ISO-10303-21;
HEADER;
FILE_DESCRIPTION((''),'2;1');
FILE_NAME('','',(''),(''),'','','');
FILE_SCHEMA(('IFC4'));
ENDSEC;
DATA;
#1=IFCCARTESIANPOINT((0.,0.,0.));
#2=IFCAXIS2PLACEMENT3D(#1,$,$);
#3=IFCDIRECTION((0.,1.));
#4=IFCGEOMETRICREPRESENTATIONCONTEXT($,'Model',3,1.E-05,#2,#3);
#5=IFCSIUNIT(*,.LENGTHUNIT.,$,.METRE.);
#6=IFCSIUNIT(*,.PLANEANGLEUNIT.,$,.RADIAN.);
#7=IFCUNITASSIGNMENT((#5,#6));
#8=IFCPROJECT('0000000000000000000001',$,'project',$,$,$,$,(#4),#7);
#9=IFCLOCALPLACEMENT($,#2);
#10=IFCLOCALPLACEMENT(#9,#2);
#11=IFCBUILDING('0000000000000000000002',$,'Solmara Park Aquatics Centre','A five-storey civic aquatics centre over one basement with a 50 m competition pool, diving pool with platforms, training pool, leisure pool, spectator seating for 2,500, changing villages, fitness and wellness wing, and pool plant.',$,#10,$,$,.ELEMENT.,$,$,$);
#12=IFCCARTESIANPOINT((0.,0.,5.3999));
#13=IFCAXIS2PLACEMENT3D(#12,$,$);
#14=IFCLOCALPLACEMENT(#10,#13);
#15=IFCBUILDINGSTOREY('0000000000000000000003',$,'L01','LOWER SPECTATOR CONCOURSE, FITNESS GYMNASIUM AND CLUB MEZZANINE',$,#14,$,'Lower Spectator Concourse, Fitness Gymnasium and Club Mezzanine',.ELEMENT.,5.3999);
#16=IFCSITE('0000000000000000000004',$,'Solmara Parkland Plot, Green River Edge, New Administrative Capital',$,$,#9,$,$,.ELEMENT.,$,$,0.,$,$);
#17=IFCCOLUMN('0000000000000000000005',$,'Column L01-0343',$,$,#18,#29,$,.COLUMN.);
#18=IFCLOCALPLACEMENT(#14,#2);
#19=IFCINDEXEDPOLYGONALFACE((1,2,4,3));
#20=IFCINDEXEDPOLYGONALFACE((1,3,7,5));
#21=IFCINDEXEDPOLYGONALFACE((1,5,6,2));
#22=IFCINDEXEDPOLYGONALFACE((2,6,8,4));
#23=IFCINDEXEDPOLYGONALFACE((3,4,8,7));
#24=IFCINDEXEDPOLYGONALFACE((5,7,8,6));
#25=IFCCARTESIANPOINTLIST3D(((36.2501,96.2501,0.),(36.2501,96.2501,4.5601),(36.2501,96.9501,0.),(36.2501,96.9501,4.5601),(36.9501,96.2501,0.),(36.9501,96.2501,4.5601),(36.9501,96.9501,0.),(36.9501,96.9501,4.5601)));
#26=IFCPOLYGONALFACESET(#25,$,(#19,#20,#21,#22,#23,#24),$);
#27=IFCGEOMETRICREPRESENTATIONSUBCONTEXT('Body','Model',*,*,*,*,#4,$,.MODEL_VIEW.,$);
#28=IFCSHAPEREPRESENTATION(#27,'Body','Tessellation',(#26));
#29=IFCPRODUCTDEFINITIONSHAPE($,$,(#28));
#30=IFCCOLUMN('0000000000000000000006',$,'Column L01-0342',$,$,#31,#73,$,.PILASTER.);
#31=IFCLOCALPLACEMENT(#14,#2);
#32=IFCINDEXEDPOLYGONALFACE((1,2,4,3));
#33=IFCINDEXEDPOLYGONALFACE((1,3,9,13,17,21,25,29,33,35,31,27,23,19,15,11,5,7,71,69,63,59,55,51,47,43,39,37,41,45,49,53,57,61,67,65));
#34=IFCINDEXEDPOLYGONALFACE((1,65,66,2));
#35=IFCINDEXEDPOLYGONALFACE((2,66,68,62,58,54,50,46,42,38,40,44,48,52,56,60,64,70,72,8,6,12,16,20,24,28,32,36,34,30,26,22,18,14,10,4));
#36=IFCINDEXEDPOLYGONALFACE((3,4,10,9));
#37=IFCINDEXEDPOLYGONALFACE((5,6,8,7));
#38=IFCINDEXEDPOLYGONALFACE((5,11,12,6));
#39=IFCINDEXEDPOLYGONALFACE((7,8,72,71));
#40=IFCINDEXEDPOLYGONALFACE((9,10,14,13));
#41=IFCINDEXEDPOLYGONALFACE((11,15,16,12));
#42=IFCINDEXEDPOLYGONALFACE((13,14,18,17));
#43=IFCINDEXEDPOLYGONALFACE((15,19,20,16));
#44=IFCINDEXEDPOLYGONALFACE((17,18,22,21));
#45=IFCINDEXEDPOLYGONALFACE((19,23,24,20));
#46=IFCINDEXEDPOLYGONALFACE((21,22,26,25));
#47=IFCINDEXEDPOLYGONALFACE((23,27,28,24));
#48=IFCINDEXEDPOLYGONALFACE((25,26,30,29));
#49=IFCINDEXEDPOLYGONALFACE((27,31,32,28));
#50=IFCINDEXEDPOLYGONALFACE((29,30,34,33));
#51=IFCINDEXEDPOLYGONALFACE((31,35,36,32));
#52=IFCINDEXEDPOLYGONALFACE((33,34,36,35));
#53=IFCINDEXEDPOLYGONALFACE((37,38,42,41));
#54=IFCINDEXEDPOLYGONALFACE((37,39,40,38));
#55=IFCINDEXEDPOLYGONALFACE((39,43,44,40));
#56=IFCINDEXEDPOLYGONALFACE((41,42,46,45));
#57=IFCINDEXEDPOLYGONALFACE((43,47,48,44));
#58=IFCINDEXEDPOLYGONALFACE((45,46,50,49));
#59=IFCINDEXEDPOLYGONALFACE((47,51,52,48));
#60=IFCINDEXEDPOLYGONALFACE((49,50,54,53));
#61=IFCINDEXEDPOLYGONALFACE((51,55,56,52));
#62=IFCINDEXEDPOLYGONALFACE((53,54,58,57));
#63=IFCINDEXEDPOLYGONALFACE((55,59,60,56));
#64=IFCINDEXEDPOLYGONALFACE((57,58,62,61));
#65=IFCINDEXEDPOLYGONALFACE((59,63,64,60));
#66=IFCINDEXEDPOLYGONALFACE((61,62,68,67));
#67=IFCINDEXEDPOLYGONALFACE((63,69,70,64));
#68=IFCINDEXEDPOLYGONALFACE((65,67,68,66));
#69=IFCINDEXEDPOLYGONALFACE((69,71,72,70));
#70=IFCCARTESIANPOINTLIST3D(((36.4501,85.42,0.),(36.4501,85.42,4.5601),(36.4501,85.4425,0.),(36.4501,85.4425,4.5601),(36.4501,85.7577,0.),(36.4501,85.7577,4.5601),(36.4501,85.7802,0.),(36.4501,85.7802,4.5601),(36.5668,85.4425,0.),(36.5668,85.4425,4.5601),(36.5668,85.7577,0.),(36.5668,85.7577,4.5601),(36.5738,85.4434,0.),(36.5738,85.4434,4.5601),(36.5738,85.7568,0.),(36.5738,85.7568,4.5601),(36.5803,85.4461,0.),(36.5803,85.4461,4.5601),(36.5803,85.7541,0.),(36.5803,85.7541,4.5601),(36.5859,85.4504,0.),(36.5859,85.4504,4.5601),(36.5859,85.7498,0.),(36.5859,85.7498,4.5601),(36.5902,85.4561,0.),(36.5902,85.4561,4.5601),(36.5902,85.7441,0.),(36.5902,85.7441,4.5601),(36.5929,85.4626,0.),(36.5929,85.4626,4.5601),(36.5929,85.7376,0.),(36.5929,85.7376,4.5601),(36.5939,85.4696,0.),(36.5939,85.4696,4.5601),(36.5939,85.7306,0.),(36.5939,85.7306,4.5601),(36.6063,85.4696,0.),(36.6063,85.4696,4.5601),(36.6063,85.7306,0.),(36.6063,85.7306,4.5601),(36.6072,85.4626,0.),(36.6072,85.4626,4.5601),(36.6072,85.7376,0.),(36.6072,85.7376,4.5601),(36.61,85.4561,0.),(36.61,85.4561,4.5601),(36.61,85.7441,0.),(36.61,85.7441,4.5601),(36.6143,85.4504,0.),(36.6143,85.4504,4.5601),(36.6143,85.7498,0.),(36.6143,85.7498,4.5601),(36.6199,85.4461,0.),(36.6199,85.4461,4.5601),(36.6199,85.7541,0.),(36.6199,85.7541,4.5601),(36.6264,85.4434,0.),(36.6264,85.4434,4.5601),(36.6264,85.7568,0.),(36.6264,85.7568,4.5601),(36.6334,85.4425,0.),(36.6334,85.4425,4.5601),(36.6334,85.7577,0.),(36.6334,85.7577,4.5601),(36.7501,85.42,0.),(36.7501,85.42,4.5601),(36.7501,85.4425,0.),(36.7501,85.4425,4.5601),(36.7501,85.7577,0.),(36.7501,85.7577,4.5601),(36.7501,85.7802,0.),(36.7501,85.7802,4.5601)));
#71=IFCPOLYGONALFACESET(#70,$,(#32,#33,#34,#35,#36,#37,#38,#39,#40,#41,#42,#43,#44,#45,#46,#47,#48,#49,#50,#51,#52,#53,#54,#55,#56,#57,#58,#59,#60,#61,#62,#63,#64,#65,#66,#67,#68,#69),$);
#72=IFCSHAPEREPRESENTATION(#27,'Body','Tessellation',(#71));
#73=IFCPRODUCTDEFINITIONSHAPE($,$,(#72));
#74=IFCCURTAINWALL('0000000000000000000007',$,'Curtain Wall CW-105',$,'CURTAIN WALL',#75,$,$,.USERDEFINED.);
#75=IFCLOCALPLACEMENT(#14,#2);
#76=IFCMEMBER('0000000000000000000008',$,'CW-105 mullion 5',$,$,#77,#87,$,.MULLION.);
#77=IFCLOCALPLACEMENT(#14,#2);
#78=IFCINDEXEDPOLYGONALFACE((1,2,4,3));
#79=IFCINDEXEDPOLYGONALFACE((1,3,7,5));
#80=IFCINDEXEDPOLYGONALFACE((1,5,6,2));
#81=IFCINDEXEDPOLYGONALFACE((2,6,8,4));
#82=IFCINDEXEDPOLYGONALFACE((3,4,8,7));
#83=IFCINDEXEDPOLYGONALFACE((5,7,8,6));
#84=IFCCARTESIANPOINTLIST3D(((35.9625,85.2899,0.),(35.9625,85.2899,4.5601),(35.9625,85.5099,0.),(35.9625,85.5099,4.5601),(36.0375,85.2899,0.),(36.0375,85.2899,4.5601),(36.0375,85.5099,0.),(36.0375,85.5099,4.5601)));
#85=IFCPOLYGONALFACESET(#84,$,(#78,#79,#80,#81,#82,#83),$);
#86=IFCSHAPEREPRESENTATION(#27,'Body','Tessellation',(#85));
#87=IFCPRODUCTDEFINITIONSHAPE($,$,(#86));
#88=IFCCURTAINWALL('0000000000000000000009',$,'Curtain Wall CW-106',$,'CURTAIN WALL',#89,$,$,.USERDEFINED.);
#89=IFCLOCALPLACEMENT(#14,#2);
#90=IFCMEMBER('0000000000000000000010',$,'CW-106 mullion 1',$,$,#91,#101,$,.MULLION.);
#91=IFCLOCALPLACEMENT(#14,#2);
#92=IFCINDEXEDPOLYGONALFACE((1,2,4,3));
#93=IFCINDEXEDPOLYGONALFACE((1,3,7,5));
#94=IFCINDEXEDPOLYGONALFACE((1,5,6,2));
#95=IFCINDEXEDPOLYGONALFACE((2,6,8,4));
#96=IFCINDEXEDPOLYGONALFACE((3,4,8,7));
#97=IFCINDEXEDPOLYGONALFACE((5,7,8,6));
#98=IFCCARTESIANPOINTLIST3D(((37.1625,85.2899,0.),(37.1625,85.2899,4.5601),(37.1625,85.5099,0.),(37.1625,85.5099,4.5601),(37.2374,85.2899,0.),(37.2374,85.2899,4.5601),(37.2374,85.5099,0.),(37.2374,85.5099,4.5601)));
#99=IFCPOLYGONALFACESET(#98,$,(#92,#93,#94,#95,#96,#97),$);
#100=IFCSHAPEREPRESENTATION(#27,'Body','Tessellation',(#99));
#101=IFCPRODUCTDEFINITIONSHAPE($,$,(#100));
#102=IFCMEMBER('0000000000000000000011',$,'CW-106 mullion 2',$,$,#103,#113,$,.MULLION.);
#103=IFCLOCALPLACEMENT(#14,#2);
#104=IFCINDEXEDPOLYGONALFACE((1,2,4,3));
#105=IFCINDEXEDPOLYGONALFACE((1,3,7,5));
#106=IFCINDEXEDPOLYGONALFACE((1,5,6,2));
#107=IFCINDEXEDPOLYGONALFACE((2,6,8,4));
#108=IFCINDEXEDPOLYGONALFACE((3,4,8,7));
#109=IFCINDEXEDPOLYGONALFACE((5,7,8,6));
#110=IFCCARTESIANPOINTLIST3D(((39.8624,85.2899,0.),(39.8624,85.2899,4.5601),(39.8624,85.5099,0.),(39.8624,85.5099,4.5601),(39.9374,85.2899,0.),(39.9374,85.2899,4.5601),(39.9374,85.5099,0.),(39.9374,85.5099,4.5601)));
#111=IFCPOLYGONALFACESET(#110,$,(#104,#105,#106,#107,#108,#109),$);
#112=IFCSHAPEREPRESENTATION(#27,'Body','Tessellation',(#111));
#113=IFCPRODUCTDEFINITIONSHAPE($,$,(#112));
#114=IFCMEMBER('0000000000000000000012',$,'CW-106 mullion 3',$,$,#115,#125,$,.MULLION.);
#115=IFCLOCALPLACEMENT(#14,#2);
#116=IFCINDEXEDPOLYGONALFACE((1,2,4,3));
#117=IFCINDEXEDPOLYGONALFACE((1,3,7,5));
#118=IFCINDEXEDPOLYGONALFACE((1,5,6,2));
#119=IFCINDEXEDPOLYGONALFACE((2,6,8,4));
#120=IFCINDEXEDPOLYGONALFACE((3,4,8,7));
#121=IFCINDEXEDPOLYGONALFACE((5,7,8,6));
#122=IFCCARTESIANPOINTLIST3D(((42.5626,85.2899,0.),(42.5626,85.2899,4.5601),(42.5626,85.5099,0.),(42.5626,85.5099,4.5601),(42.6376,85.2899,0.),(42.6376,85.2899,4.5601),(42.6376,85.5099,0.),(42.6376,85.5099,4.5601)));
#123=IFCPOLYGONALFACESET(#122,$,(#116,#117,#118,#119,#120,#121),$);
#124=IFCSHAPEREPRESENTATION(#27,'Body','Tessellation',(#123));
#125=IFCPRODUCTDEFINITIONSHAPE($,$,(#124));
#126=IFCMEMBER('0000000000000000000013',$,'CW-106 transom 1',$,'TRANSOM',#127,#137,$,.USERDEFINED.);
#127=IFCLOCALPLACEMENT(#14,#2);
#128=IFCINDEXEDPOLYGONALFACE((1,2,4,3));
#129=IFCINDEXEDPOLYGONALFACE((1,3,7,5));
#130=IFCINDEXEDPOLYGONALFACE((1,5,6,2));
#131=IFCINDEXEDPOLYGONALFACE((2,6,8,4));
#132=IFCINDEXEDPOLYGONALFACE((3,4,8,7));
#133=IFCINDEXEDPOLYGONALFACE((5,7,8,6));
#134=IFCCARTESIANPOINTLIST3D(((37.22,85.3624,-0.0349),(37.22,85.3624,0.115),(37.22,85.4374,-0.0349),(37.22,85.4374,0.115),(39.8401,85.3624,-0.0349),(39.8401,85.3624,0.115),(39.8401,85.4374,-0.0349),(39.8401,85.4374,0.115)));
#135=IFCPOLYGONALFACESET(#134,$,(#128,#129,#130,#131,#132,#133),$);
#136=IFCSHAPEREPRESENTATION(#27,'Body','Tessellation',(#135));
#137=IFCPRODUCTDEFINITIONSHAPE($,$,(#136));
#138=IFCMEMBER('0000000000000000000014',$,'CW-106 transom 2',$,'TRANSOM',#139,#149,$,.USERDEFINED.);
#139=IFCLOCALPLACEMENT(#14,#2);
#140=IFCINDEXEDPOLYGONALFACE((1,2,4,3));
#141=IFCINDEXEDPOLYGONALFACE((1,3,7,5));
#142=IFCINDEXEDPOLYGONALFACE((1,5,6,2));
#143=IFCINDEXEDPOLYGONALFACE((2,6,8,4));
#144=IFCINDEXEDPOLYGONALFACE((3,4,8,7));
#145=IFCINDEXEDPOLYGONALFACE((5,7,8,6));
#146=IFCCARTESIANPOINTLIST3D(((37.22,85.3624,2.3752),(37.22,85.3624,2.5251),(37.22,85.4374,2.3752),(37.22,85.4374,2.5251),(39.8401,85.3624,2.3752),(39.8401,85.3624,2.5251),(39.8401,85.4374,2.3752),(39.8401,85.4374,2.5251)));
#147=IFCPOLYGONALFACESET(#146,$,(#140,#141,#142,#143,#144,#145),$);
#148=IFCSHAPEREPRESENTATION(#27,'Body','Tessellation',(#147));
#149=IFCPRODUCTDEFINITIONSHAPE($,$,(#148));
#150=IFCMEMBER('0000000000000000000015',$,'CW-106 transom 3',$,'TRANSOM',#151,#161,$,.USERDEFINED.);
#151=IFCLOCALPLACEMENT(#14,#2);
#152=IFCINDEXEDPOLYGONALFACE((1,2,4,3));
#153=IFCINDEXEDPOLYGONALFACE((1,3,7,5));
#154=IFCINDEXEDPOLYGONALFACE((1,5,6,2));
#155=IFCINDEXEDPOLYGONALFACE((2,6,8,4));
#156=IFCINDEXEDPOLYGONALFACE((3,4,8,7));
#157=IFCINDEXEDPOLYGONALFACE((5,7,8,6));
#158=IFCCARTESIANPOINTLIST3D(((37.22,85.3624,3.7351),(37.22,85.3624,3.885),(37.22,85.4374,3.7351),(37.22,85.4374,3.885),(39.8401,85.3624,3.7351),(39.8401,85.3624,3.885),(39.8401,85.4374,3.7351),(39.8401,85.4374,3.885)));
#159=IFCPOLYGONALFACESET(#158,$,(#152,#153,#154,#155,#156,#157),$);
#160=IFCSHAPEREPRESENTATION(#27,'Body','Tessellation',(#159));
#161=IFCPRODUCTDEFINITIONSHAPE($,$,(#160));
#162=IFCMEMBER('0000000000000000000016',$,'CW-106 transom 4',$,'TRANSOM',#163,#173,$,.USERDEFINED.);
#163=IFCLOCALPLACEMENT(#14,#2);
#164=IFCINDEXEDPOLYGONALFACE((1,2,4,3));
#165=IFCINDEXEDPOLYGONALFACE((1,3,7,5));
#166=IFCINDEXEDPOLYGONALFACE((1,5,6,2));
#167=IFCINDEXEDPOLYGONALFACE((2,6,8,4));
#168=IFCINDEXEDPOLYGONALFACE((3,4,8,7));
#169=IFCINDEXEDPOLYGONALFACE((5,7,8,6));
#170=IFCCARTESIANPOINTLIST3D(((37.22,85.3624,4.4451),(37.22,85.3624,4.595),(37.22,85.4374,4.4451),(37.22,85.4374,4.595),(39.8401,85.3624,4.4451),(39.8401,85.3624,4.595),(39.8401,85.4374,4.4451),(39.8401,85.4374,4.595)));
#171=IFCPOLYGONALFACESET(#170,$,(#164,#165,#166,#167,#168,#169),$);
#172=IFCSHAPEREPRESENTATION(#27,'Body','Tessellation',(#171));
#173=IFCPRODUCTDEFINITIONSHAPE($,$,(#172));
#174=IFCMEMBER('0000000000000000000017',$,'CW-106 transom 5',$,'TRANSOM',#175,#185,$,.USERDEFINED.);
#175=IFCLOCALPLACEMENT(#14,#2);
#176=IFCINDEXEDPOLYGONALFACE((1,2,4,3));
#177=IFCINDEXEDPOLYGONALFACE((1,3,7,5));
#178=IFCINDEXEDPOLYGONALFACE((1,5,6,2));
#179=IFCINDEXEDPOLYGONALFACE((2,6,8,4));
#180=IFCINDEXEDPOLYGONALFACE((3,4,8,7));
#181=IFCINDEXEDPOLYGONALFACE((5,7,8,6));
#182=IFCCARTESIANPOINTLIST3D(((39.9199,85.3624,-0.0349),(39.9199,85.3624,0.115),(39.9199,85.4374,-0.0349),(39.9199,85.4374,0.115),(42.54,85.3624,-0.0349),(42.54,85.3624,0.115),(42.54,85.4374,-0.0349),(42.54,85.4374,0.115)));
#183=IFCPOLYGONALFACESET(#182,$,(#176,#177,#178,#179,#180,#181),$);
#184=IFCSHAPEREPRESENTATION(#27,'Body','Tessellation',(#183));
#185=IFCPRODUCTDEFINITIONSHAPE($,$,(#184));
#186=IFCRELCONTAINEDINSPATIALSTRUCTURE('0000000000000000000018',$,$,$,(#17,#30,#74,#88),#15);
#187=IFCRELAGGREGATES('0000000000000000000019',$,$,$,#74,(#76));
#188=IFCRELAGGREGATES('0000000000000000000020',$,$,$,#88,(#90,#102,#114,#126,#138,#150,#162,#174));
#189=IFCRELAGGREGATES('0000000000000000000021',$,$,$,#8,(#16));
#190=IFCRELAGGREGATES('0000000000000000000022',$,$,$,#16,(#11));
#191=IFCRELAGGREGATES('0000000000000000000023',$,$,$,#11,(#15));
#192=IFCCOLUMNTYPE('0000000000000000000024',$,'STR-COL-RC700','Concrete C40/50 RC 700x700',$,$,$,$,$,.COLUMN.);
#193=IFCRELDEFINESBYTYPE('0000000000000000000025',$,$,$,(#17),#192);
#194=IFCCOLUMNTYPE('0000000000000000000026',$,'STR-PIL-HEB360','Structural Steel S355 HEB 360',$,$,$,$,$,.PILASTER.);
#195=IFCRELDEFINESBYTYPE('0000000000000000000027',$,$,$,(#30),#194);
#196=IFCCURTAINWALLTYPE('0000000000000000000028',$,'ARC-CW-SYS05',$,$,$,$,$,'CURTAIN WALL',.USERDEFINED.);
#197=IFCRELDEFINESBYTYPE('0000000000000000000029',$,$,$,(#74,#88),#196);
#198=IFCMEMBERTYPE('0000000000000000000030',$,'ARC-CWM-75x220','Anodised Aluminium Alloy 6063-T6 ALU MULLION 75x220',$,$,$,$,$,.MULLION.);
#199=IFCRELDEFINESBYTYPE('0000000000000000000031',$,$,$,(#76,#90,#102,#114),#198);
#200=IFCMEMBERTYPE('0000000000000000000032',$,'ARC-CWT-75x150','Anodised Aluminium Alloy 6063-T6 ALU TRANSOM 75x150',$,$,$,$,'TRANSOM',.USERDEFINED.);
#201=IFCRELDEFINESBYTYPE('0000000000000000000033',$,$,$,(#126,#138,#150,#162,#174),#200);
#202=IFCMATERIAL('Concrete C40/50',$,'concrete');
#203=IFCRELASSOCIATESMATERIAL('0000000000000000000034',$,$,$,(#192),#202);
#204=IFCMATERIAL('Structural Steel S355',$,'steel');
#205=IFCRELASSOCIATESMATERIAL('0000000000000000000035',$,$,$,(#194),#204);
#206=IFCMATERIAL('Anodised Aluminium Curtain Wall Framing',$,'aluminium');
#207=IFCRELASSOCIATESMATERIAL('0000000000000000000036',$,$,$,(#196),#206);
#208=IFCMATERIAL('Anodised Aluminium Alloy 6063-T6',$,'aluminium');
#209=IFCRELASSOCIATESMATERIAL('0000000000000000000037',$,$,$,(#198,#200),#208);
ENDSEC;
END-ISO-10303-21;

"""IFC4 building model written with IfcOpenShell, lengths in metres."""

from ifc_helpers import new_model, si_unit, direction, frame, origin, origin_2d, place, context, subcontext, project, spatial, rectangle, i_section, extrude, material, material_profile, profile_set, type_object, element, aggregate, save


model = new_model("IFC4")

# Units and contexts
model_context = context("Model", 3, precision=1e-05, world=origin(), true_north=direction((0.0, 1.0)))
body_context = subcontext(model_context, "Body", "Model", "MODEL_VIEW")
ifc_project = project(units=[si_unit("LENGTHUNIT", "METRE"), si_unit("PLANEANGLEUNIT", "RADIAN")], contexts=[model_context])

# Site, building, storey
site_placement = place(None, origin())
site = spatial("IfcSite", under=ifc_project, at=site_placement, Name="Solmara Parkland Plot, Green River Edge, New Administrative Capital", CompositionType="ELEMENT", RefElevation=0.0)
building_placement = place(site_placement, origin())
building = spatial("IfcBuilding", under=site, at=building_placement, Name="Solmara Park Aquatics Centre", Description="A five-storey civic aquatics centre over one basement with a 50 m competition pool, diving pool with platforms, training pool, leisure pool, spectator seating for 2,500, changing villages, fitness and wellness wing, and pool plant.", CompositionType="ELEMENT")
storey_placement = place(building_placement, frame((0.0, 0.0, 5.3999)))
storey = spatial("IfcBuildingStorey", under=building, at=storey_placement, Name="L01", Description="LOWER SPECTATOR CONCOURSE, FITNESS GYMNASIUM AND CLUB MEZZANINE", LongName="Lower Spectator Concourse, Fitness Gymnasium and Club Mezzanine", CompositionType="ELEMENT", Elevation=5.3999)

# Columns
ifc_material_1 = material(Name="Concrete C40/50", Category="concrete")
ifc_material_profile_1 = material_profile(ifc_material_1, rectangle(XDim=0.7, YDim=0.7, at=origin_2d()), Name="RC 700x700")
ifc_profile_set_1 = profile_set([ifc_material_profile_1], Name="Concrete C40/50")
column_type_1 = type_object("IfcColumnType", Name="STR-COL-RC700", Description="Concrete C40/50 RC 700x700", PredefinedType="COLUMN", material=ifc_profile_set_1)
column_1_placement = place(storey_placement, frame((36.6001, 96.6001, 0.0), z_axis=(0.0, 0.0, 1.0), x_axis=(1.0, 0.0, 0.0)))
element("IfcColumn", 1, at=column_1_placement, inside=storey, type_object=column_type_1, Name="Column L01-0343", PredefinedType="COLUMN", context=body_context, shape_type="SweptSolid", body=[
    extrude(rectangle(XDim=0.7, YDim=0.7, at=origin_2d()), origin(), (0.0, 0.0, 1.0), 4.5601),
])
ifc_material_2 = material(Name="Structural Steel S355", Category="steel")
ifc_material_profile_2 = material_profile(ifc_material_2, i_section(OverallWidth=0.3, OverallDepth=0.3601, WebThickness=0.0125, FlangeThickness=0.0225, FilletRadius=0.0271, at=origin_2d()), Name="HEB 360")
ifc_profile_set_2 = profile_set([ifc_material_profile_2], Name="Structural Steel S355")
column_type_2 = type_object("IfcColumnType", Name="STR-PIL-HEB360", Description="Structural Steel S355 HEB 360", PredefinedType="PILASTER", material=ifc_profile_set_2)
column_2_placement = place(storey_placement, frame((36.6001, 85.6001, 0.0), z_axis=(0.0, 0.0, 1.0), x_axis=(1.0, 0.0, 0.0)))
element("IfcColumn", 2, at=column_2_placement, inside=storey, type_object=column_type_2, Name="Column L01-0342", PredefinedType="PILASTER", context=body_context, shape_type="SweptSolid", body=[
    extrude(i_section(OverallWidth=0.3, OverallDepth=0.3601, WebThickness=0.0125, FlangeThickness=0.0225, FilletRadius=0.0271, at=origin_2d()), origin(), (0.0, 0.0, 1.0), 4.5601),
])

# Curtain wall, member
ifc_material_3 = material(Name="Anodised Aluminium Curtain Wall Framing", Category="aluminium")
curtain_wall_type = type_object("IfcCurtainWallType", Name="ARC-CW-SYS05", ElementType="CURTAIN WALL", PredefinedType="USERDEFINED", material=ifc_material_3)
curtain_wall_1_placement = place(storey_placement, origin())
curtain_wall_1 = element("IfcCurtainWall", 3, at=curtain_wall_1_placement, inside=storey, type_object=curtain_wall_type, Name="Curtain Wall CW-105", ObjectType="CURTAIN WALL", PredefinedType="USERDEFINED")
ifc_material_4 = material(Name="Anodised Aluminium Alloy 6063-T6", Category="aluminium")
ifc_material_profile_3 = material_profile(ifc_material_4, rectangle(XDim=0.075, YDim=0.22, at=origin_2d()), Name="ALU MULLION 75x220")
ifc_profile_set_3 = profile_set([ifc_material_profile_3], Name="Anodised Aluminium Alloy 6063-T6")
member_type_1 = type_object("IfcMemberType", Name="ARC-CWM-75x220", Description="Anodised Aluminium Alloy 6063-T6 ALU MULLION 75x220", PredefinedType="MULLION", material=ifc_profile_set_3)
member_1_placement = place(storey_placement, frame((36.0, 85.3999, 0.0), z_axis=(0.0, 0.0, 1.0), x_axis=(1.0, 0.0, 0.0)))
member_1 = element("IfcMember", 4, at=member_1_placement, type_object=member_type_1, Name="CW-105 mullion 5", PredefinedType="MULLION", context=body_context, shape_type="SweptSolid", body=[
    extrude(rectangle(XDim=0.075, YDim=0.22, at=origin_2d()), origin(), (0.0, 0.0, 1.0), 4.5601),
])

# Curtain wall, members
curtain_wall_2_placement = place(storey_placement, origin())
curtain_wall_2 = element("IfcCurtainWall", 5, at=curtain_wall_2_placement, inside=storey, type_object=curtain_wall_type, Name="Curtain Wall CW-106", ObjectType="CURTAIN WALL", PredefinedType="USERDEFINED")
member_2_placement = place(storey_placement, frame((37.2, 85.3999, 0.0), z_axis=(0.0, 0.0, 1.0), x_axis=(1.0, 0.0, 0.0)))
member_2 = element("IfcMember", 6, at=member_2_placement, type_object=member_type_1, Name="CW-106 mullion 1", PredefinedType="MULLION", context=body_context, shape_type="SweptSolid", body=[
    extrude(rectangle(XDim=0.075, YDim=0.22, at=origin_2d()), origin(), (0.0, 0.0, 1.0), 4.5601),
])
member_3_placement = place(storey_placement, frame((39.8999, 85.3999, 0.0), z_axis=(0.0, 0.0, 1.0), x_axis=(1.0, 0.0, 0.0)))
member_3 = element("IfcMember", 7, at=member_3_placement, type_object=member_type_1, Name="CW-106 mullion 2", PredefinedType="MULLION", context=body_context, shape_type="SweptSolid", body=[
    extrude(rectangle(XDim=0.075, YDim=0.22, at=origin_2d()), origin(), (0.0, 0.0, 1.0), 4.5601),
])
member_4_placement = place(storey_placement, frame((42.6001, 85.3999, 0.0), z_axis=(0.0, 0.0, 1.0), x_axis=(1.0, 0.0, 0.0)))
member_4 = element("IfcMember", 8, at=member_4_placement, type_object=member_type_1, Name="CW-106 mullion 3", PredefinedType="MULLION", context=body_context, shape_type="SweptSolid", body=[
    extrude(rectangle(XDim=0.075, YDim=0.22, at=origin_2d()), origin(), (0.0, 0.0, 1.0), 4.5601),
])
ifc_material_profile_4 = material_profile(ifc_material_4, rectangle(XDim=0.075, YDim=0.1499, at=origin_2d()), Name="ALU TRANSOM 75x150")
ifc_profile_set_4 = profile_set([ifc_material_profile_4], Name="Anodised Aluminium Alloy 6063-T6")
member_type_2 = type_object("IfcMemberType", Name="ARC-CWT-75x150", Description="Anodised Aluminium Alloy 6063-T6 ALU TRANSOM 75x150", ElementType="TRANSOM", PredefinedType="USERDEFINED", material=ifc_profile_set_4)
member_5_placement = place(storey_placement, frame((37.22, 85.3999, 0.04), z_axis=(1.0, 0.0, 0.0), x_axis=(0.0, 1.0, 0.0)))
member_5 = element("IfcMember", 9, at=member_5_placement, type_object=member_type_2, Name="CW-106 transom 1", ObjectType="TRANSOM", PredefinedType="USERDEFINED", context=body_context, shape_type="SweptSolid", body=[
    extrude(rectangle(XDim=0.075, YDim=0.1499, at=origin_2d()), origin(), (0.0, 0.0, 1.0), 2.6201),
])
member_6_placement = place(storey_placement, frame((37.22, 85.3999, 2.4502), z_axis=(1.0, 0.0, 0.0), x_axis=(0.0, 1.0, 0.0)))
member_6 = element("IfcMember", 10, at=member_6_placement, type_object=member_type_2, Name="CW-106 transom 2", ObjectType="TRANSOM", PredefinedType="USERDEFINED", context=body_context, shape_type="SweptSolid", body=[
    extrude(rectangle(XDim=0.075, YDim=0.1499, at=origin_2d()), origin(), (0.0, 0.0, 1.0), 2.6201),
])
member_7_placement = place(storey_placement, frame((37.22, 85.3999, 3.8101), z_axis=(1.0, 0.0, 0.0), x_axis=(0.0, 1.0, 0.0)))
member_7 = element("IfcMember", 11, at=member_7_placement, type_object=member_type_2, Name="CW-106 transom 3", ObjectType="TRANSOM", PredefinedType="USERDEFINED", context=body_context, shape_type="SweptSolid", body=[
    extrude(rectangle(XDim=0.075, YDim=0.1499, at=origin_2d()), origin(), (0.0, 0.0, 1.0), 2.6201),
])
member_8_placement = place(storey_placement, frame((37.22, 85.3999, 4.52), z_axis=(1.0, 0.0, 0.0), x_axis=(0.0, 1.0, 0.0)))
member_8 = element("IfcMember", 12, at=member_8_placement, type_object=member_type_2, Name="CW-106 transom 4", ObjectType="TRANSOM", PredefinedType="USERDEFINED", context=body_context, shape_type="SweptSolid", body=[
    extrude(rectangle(XDim=0.075, YDim=0.1499, at=origin_2d()), origin(), (0.0, 0.0, 1.0), 2.6201),
])
member_9_placement = place(storey_placement, frame((39.9199, 85.3999, 0.04), z_axis=(1.0, 0.0, 0.0), x_axis=(0.0, 1.0, 0.0)))
member_9 = element("IfcMember", 13, at=member_9_placement, type_object=member_type_2, Name="CW-106 transom 5", ObjectType="TRANSOM", PredefinedType="USERDEFINED", context=body_context, shape_type="SweptSolid", body=[
    extrude(rectangle(XDim=0.075, YDim=0.1499, at=origin_2d()), origin(), (0.0, 0.0, 1.0), 2.6201),
])

aggregate(curtain_wall_1, [member_1])
aggregate(curtain_wall_2, [member_2, member_3, member_4, member_5, member_6, member_7, member_8, member_9])

save(model, "model.ifc")
